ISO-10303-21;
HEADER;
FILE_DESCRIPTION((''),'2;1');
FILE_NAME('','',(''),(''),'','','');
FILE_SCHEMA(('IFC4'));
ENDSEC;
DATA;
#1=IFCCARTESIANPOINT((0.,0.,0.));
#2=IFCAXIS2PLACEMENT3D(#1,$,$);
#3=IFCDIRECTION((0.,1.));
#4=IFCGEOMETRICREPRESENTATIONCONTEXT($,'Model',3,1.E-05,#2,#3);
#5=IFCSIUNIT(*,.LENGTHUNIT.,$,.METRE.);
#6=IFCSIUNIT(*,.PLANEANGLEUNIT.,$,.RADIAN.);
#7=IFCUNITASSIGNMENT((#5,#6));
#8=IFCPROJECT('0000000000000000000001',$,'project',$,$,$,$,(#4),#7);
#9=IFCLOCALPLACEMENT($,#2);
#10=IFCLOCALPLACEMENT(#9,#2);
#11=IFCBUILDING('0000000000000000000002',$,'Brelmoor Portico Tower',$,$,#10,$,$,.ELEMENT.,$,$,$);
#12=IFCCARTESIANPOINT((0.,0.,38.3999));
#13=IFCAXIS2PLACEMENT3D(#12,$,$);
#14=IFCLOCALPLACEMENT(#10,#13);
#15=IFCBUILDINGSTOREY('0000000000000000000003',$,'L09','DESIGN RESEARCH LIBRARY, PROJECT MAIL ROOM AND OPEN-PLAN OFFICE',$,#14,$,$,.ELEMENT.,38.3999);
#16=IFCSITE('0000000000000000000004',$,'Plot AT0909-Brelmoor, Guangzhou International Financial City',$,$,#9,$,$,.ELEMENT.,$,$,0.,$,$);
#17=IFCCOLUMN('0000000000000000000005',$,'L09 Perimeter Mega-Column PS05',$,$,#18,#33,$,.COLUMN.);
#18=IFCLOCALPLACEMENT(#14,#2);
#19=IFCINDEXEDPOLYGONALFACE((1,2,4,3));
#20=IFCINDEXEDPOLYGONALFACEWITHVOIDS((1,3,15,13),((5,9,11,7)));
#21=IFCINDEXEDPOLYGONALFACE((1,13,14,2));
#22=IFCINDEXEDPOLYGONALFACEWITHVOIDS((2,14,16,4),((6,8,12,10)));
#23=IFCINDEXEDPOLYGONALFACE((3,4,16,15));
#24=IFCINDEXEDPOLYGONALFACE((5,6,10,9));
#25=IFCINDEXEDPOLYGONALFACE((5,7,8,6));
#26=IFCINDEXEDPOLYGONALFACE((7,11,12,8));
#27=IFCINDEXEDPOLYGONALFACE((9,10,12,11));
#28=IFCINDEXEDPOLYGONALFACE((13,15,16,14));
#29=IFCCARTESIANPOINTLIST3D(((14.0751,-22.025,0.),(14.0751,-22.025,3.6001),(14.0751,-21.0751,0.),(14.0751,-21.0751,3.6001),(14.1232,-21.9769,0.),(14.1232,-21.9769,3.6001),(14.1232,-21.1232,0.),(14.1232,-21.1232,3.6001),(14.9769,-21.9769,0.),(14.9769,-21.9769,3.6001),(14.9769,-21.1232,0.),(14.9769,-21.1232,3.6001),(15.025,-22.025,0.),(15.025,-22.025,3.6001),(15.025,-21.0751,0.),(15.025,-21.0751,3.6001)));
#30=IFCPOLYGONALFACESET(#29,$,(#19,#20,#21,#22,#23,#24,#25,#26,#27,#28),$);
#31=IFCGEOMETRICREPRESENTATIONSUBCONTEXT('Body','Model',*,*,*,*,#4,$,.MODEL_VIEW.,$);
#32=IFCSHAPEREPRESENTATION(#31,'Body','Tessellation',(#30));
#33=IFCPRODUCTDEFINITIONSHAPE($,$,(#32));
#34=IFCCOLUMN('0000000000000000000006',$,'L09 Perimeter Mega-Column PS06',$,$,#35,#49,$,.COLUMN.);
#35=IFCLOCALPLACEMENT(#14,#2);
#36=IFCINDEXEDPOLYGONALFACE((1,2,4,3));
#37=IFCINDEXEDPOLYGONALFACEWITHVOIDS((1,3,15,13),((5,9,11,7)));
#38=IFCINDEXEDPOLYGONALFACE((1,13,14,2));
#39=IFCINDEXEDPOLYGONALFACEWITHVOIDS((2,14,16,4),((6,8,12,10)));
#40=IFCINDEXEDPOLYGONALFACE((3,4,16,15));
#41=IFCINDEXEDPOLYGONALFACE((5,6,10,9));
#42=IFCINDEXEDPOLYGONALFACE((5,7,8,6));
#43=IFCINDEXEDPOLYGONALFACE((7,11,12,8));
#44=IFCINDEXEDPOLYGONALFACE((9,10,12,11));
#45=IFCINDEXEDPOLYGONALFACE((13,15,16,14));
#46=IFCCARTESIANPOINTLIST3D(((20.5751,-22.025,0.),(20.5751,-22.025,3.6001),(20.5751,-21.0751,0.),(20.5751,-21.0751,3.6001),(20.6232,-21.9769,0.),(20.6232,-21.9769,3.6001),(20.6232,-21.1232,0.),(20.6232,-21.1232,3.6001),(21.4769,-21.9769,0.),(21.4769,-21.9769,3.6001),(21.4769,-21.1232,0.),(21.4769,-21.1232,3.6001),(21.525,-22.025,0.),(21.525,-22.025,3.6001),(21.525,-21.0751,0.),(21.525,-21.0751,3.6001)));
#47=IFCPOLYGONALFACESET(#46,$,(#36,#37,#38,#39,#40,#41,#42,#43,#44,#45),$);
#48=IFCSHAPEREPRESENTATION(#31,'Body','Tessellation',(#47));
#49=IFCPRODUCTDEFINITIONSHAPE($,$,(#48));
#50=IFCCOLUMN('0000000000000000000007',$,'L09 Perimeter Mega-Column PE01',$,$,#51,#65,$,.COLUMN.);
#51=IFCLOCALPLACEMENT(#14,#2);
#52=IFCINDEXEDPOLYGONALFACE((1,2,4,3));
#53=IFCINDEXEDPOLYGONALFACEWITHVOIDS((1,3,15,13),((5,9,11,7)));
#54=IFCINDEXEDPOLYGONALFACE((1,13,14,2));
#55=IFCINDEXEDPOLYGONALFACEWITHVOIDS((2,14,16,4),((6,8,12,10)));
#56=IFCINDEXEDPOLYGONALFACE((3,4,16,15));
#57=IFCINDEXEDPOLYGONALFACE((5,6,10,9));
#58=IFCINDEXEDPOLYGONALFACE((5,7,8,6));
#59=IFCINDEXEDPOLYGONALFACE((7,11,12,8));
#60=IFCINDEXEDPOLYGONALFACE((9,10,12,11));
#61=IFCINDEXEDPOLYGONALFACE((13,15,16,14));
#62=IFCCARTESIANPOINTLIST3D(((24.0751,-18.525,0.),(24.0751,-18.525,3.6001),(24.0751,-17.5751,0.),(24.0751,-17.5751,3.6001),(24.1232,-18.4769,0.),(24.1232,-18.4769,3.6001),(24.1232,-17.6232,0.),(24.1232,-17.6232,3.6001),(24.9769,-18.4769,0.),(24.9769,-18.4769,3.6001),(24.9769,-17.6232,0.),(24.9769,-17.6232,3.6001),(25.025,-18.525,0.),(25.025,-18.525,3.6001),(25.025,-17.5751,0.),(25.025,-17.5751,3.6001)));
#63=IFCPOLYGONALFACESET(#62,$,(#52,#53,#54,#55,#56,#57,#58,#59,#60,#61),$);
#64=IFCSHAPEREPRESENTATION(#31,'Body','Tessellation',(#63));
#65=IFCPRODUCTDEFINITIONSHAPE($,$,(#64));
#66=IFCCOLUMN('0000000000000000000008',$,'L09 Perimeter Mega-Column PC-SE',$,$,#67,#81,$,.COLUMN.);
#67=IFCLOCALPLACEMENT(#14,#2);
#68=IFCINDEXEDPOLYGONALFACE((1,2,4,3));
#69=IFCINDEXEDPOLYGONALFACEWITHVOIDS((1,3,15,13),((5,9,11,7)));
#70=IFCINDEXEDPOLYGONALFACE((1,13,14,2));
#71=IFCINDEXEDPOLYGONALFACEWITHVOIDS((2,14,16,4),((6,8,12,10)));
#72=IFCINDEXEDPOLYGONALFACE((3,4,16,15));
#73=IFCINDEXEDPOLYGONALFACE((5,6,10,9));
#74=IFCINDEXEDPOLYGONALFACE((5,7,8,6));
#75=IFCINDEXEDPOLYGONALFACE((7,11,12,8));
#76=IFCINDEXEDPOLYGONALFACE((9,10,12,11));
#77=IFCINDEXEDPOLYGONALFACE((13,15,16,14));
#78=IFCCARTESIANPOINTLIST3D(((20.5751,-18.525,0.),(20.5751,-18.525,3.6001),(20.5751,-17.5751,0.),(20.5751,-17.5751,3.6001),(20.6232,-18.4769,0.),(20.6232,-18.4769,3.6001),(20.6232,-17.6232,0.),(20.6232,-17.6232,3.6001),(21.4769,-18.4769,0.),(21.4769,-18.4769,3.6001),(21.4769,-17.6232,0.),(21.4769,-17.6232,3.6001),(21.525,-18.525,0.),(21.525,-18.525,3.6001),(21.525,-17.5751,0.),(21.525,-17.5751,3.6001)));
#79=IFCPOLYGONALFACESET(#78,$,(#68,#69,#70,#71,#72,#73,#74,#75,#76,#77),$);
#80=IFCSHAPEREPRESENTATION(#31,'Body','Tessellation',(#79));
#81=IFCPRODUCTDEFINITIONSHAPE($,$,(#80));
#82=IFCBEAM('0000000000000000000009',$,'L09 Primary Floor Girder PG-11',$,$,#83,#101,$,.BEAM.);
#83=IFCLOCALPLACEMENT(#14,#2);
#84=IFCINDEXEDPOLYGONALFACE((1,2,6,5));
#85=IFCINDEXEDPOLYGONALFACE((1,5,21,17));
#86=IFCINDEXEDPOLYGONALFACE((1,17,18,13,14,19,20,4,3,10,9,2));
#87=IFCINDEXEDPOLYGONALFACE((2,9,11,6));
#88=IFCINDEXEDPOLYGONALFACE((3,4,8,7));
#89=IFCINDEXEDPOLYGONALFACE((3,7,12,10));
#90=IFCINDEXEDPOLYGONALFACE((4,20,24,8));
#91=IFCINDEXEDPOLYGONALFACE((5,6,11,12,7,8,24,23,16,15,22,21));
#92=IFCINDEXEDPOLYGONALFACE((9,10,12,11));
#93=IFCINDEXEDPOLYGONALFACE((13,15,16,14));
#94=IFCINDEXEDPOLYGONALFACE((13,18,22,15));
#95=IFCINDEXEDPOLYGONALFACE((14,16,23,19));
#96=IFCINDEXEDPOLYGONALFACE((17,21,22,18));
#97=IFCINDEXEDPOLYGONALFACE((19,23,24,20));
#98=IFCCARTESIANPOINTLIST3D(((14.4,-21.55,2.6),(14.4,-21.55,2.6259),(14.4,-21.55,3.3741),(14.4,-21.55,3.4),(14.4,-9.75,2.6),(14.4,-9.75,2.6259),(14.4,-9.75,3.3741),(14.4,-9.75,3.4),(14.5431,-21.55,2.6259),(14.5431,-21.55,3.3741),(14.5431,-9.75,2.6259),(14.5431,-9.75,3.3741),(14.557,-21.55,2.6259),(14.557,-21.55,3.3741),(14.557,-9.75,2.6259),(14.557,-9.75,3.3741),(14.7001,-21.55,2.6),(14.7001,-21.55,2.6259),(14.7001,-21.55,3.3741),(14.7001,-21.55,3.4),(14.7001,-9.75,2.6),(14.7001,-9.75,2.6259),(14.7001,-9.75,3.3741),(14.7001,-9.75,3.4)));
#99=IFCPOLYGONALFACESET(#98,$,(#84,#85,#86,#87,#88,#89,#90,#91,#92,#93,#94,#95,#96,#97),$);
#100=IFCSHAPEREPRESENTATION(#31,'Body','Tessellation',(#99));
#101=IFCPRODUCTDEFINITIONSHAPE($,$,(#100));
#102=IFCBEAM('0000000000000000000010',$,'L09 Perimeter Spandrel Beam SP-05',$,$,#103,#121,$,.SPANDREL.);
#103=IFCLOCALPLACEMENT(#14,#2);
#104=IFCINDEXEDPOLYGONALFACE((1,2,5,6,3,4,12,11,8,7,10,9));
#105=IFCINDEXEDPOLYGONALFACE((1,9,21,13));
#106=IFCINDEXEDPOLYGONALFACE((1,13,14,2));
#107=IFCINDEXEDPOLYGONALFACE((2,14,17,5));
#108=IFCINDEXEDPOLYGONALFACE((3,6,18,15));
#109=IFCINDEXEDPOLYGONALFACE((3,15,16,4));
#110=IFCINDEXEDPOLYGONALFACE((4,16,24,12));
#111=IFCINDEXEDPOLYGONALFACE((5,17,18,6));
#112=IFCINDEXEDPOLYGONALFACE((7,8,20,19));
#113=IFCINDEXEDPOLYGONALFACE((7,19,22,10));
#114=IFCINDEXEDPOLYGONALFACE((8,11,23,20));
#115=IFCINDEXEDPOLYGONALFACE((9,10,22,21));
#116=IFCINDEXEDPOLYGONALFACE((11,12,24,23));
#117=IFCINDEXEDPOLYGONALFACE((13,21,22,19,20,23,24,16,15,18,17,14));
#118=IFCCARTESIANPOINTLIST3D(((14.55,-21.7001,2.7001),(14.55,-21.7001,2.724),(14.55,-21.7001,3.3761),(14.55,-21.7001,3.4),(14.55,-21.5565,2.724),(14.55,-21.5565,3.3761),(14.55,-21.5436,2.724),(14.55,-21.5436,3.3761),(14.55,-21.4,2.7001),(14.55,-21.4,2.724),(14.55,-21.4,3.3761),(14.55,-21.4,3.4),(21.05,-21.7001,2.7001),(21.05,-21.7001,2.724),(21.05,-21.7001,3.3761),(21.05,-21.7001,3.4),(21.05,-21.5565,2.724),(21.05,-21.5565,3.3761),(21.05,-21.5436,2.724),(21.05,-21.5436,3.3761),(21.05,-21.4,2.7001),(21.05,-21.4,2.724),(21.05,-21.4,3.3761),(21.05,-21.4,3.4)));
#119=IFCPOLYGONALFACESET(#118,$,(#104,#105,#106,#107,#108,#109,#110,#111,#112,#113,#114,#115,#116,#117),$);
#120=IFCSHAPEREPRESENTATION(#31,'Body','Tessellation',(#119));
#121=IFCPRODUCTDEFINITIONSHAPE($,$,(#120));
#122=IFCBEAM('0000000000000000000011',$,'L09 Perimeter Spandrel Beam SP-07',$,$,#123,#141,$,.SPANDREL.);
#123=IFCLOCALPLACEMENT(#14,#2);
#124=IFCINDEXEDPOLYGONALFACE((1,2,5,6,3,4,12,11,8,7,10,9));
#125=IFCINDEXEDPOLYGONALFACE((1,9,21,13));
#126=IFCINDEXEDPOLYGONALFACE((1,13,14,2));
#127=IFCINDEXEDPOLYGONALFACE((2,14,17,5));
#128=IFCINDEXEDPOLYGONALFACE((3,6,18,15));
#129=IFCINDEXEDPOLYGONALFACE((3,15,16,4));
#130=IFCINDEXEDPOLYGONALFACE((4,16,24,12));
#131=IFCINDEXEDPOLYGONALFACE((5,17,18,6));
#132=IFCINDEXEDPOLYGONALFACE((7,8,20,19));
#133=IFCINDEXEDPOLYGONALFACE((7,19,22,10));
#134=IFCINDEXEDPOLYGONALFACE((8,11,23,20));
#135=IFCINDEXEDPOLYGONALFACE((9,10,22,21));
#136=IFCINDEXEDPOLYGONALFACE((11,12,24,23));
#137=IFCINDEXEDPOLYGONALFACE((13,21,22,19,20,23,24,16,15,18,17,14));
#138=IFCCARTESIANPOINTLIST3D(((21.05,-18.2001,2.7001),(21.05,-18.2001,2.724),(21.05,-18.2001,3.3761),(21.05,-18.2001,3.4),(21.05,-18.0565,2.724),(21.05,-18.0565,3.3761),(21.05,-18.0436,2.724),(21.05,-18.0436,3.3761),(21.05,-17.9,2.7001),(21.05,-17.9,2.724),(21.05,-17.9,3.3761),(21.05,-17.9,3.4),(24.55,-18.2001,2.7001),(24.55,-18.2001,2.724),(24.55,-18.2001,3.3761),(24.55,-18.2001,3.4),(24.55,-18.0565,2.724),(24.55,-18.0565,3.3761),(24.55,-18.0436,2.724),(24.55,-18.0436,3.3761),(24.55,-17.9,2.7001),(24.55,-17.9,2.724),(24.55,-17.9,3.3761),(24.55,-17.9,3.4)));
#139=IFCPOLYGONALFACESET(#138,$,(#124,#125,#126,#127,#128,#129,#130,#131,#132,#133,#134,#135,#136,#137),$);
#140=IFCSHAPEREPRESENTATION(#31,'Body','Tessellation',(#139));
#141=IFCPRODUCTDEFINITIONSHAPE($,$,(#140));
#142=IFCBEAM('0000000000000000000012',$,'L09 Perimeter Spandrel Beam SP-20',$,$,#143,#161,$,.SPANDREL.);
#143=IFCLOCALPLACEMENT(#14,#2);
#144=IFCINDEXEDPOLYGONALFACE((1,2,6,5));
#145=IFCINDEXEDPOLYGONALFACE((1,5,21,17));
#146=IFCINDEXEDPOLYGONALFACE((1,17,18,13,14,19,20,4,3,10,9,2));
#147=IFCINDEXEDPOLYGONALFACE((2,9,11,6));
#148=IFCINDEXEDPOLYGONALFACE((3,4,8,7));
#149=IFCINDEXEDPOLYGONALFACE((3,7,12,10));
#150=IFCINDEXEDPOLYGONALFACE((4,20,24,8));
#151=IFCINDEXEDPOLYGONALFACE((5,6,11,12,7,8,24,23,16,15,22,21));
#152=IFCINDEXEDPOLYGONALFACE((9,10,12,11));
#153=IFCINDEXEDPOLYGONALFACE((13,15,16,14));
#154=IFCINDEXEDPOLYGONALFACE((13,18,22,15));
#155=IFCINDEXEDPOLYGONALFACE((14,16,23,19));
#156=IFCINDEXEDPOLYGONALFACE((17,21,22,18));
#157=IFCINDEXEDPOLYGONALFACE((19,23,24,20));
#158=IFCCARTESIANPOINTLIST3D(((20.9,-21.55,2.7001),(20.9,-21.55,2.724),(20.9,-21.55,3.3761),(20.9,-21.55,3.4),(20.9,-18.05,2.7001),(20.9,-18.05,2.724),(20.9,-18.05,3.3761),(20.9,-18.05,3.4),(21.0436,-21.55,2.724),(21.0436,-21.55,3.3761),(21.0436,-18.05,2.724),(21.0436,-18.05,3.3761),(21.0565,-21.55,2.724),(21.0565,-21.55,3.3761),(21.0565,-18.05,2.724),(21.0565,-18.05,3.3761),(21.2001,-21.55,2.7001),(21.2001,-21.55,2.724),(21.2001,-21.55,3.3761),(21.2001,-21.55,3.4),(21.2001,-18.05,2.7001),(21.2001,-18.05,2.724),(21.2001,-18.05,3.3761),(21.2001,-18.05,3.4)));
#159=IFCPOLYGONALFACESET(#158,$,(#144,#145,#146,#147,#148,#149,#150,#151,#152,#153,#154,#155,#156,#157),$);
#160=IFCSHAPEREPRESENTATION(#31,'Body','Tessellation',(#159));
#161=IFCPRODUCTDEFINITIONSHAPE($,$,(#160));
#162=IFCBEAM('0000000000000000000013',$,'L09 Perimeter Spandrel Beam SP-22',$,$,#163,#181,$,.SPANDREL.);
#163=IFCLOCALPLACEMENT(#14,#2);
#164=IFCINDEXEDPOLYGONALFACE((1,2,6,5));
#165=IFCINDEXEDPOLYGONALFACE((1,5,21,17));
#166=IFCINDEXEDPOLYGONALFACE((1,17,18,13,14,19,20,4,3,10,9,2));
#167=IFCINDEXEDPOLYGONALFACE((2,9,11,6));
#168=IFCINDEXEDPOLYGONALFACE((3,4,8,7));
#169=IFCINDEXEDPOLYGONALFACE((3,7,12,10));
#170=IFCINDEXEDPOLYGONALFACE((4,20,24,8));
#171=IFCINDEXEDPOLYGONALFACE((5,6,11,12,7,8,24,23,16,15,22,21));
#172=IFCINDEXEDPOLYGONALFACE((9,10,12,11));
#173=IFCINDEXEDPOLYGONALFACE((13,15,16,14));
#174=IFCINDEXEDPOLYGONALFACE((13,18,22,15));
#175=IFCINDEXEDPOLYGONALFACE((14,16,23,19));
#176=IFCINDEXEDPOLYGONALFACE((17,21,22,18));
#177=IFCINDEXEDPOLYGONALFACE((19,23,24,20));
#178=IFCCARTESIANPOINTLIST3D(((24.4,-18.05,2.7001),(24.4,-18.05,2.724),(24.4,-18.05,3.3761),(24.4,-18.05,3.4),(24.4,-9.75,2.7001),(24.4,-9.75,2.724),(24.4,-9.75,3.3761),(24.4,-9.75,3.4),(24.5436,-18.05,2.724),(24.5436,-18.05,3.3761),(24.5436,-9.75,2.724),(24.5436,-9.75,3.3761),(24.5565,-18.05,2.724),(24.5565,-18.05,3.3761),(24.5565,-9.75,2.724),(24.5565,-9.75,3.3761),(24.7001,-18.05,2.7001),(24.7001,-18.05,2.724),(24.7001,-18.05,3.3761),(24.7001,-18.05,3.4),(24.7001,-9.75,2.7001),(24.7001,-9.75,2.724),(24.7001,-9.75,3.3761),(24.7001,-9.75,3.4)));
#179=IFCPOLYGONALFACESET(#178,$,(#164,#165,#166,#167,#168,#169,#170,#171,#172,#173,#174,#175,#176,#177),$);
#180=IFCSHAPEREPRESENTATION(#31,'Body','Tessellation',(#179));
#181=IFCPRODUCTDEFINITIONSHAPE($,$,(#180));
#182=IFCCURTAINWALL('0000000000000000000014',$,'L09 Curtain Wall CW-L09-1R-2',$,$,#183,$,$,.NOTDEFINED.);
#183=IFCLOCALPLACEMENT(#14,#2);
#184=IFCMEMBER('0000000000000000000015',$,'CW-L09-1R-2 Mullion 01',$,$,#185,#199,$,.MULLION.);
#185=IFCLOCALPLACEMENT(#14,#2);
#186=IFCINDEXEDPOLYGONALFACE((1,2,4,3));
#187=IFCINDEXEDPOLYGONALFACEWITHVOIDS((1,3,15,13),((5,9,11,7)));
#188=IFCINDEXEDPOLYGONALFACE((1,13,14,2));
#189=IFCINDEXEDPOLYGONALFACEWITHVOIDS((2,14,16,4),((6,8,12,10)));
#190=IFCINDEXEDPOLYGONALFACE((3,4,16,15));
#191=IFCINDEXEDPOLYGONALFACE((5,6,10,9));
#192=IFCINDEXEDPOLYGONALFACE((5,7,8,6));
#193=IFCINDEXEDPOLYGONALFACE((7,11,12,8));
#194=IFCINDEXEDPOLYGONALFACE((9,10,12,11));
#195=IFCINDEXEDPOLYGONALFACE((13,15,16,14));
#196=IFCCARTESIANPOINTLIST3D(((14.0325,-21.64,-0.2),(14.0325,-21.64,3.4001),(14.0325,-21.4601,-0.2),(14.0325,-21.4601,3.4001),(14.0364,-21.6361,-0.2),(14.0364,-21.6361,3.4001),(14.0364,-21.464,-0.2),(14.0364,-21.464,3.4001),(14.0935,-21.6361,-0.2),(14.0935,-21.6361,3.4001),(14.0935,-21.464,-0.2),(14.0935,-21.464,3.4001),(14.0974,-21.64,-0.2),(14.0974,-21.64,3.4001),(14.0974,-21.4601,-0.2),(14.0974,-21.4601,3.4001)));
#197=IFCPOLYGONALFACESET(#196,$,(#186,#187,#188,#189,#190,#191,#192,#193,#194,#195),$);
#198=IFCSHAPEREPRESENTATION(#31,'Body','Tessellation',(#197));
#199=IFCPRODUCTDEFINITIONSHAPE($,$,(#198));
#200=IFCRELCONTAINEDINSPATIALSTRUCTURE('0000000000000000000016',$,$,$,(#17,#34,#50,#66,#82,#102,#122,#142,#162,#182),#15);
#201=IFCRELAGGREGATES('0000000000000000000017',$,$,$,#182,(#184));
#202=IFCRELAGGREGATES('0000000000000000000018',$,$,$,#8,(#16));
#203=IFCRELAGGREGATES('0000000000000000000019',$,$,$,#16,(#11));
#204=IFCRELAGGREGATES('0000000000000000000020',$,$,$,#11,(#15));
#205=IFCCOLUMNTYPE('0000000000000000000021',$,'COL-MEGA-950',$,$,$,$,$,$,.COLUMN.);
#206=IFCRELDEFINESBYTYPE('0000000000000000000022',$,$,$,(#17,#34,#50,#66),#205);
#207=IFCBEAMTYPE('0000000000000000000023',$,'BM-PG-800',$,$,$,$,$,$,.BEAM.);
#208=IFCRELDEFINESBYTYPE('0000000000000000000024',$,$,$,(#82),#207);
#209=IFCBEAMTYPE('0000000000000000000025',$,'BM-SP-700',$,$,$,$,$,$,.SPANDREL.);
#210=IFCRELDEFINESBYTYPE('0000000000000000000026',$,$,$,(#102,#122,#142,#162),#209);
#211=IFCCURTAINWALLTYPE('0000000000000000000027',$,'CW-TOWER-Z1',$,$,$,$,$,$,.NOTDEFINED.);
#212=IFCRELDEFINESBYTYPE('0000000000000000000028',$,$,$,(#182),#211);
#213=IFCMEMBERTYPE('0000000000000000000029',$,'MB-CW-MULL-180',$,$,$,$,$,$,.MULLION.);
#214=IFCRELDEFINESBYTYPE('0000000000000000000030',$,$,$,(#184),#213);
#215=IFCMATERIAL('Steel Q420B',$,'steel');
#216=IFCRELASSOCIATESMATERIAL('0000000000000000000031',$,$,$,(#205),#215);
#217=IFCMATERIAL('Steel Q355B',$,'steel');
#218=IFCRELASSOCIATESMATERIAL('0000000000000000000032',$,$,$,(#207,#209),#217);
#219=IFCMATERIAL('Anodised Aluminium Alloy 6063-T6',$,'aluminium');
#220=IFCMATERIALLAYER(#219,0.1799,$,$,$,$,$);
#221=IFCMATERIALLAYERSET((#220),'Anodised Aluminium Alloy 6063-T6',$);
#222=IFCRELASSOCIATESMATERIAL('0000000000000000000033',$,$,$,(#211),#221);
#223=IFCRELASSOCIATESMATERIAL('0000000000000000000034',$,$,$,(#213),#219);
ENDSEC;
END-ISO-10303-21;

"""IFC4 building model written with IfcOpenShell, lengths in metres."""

from ifc_helpers import new_model, si_unit, direction, frame, origin, origin_2d, place, context, subcontext, project, spatial, hollow_rectangle, i_section, extrude, material, layer, layer_set, material_profile, profile_set, type_object, element, aggregate, save


model = new_model("IFC4")

# Units and contexts
model_context = context("Model", 3, precision=1e-05, world=origin(), true_north=direction((0.0, 1.0)))
body_context = subcontext(model_context, "Body", "Model", "MODEL_VIEW")
ifc_project = project(units=[si_unit("LENGTHUNIT", "METRE"), si_unit("PLANEANGLEUNIT", "RADIAN")], contexts=[model_context])

# Site, building, storey
site_placement = place(None, origin())
site = spatial("IfcSite", under=ifc_project, at=site_placement, Name="Plot AT0909-Brelmoor, Guangzhou International Financial City", CompositionType="ELEMENT", RefElevation=0.0)
building_placement = place(site_placement, origin())
building = spatial("IfcBuilding", under=site, at=building_placement, Name="Brelmoor Portico Tower", CompositionType="ELEMENT")
storey_placement = place(building_placement, frame((0.0, 0.0, 38.3999)))
storey = spatial("IfcBuildingStorey", under=building, at=storey_placement, Name="L09", Description="DESIGN RESEARCH LIBRARY, PROJECT MAIL ROOM AND OPEN-PLAN OFFICE", CompositionType="ELEMENT", Elevation=38.3999)

# Columns
ifc_material_1 = material(Name="Steel Q420B", Category="steel")
ifc_material_profile_1 = material_profile(ifc_material_1, hollow_rectangle(XDim=0.95, YDim=0.95, WallThickness=0.0481, at=origin_2d()), Name="BOX 950x950x48")
ifc_profile_set_1 = profile_set([ifc_material_profile_1], Name="Steel Q420B")
column_type = type_object("IfcColumnType", Name="COL-MEGA-950", PredefinedType="COLUMN", material=ifc_profile_set_1)
for number, where, z_axis, x_axis, name in (
    (1, (14.55, -21.55, 0.0), (0.0, 0.0, 1.0), (1.0, 0.0, 0.0), "L09 Perimeter Mega-Column PS05"),
    (2, (21.05, -21.55, 0.0), (0.0, 0.0, 1.0), (1.0, 0.0, 0.0), "L09 Perimeter Mega-Column PS06"),
    (3, (24.55, -18.05, 0.0), (0.0, 0.0, 1.0), (0.0, 1.0, 0.0), "L09 Perimeter Mega-Column PE01"),
    (4, (21.05, -18.05, 0.0), (0.0, 0.0, 1.0), (1.0, 0.0, 0.0), "L09 Perimeter Mega-Column PC-SE"),
):
    element("IfcColumn", number, at=place(storey_placement, frame(where, z_axis=z_axis, x_axis=x_axis)), inside=storey, type_object=column_type, Name=name, PredefinedType="COLUMN", context=body_context, shape_type="SweptSolid", body=[
        extrude(hollow_rectangle(XDim=0.95, YDim=0.95, WallThickness=0.0481, at=origin_2d()), origin(), (0.0, 0.0, 1.0), 3.6001),
    ])

# Beams
ifc_material_2 = material(Name="Steel Q355B", Category="steel")
ifc_material_profile_2 = material_profile(ifc_material_2, i_section(OverallWidth=0.3, OverallDepth=0.8, WebThickness=0.0139, FlangeThickness=0.0259, at=origin_2d()), Name="HN 800x300x14x26")
ifc_profile_set_2 = profile_set([ifc_material_profile_2], Name="Steel Q355B")
beam_type_1 = type_object("IfcBeamType", Name="BM-PG-800", PredefinedType="BEAM", material=ifc_profile_set_2)
beam_1_placement = place(storey_placement, frame((14.55, -21.55, 3.0), z_axis=(0.0, 1.0, 0.0), x_axis=(-1.0, 0.0, 0.0)))
element("IfcBeam", 5, at=beam_1_placement, inside=storey, type_object=beam_type_1, Name="L09 Primary Floor Girder PG-11", PredefinedType="BEAM", context=body_context, shape_type="SweptSolid", body=[
    extrude(i_section(OverallWidth=0.3, OverallDepth=0.8, WebThickness=0.0139, FlangeThickness=0.0259, at=origin_2d()), origin(), (0.0, 0.0, 1.0), 11.8),
])
ifc_material_profile_3 = material_profile(ifc_material_2, i_section(OverallWidth=0.3, OverallDepth=0.7, WebThickness=0.0129, FlangeThickness=0.0239, at=origin_2d()), Name="HN 700x300x13x24")
ifc_profile_set_3 = profile_set([ifc_material_profile_3], Name="Steel Q355B")
beam_type_2 = type_object("IfcBeamType", Name="BM-SP-700", PredefinedType="SPANDREL", material=ifc_profile_set_3)
beam_2_placement = place(storey_placement, frame((14.55, -21.55, 3.05), z_axis=(1.0, 0.0, 0.0), x_axis=(0.0, 1.0, 0.0)))
element("IfcBeam", 6, at=beam_2_placement, inside=storey, type_object=beam_type_2, Name="L09 Perimeter Spandrel Beam SP-05", PredefinedType="SPANDREL", context=body_context, shape_type="SweptSolid", body=[
    extrude(i_section(OverallWidth=0.3, OverallDepth=0.7, WebThickness=0.0129, FlangeThickness=0.0239, at=origin_2d()), origin(), (0.0, 0.0, 1.0), 6.5),
])
for number, where, z_axis, x_axis, name in (
    (7, (21.05, -18.05, 3.05), (1.0, 0.0, 0.0), (0.0, 1.0, 0.0), "L09 Perimeter Spandrel Beam SP-07"),
    (8, (21.05, -21.55, 3.05), (0.0, 1.0, 0.0), (-1.0, 0.0, 0.0), "L09 Perimeter Spandrel Beam SP-20"),
):
    element("IfcBeam", number, at=place(storey_placement, frame(where, z_axis=z_axis, x_axis=x_axis)), inside=storey, type_object=beam_type_2, Name=name, PredefinedType="SPANDREL", context=body_context, shape_type="SweptSolid", body=[
        extrude(i_section(OverallWidth=0.3, OverallDepth=0.7, WebThickness=0.0129, FlangeThickness=0.0239, at=origin_2d()), origin(), (0.0, 0.0, 1.0), 3.5),
    ])
beam_3_placement = place(storey_placement, frame((24.55, -18.05, 3.05), z_axis=(0.0, 1.0, 0.0), x_axis=(-1.0, 0.0, 0.0)))
element("IfcBeam", 9, at=beam_3_placement, inside=storey, type_object=beam_type_2, Name="L09 Perimeter Spandrel Beam SP-22", PredefinedType="SPANDREL", context=body_context, shape_type="SweptSolid", body=[
    extrude(i_section(OverallWidth=0.3, OverallDepth=0.7, WebThickness=0.0129, FlangeThickness=0.0239, at=origin_2d()), origin(), (0.0, 0.0, 1.0), 8.3),
])

# Curtain wall, member
ifc_material_3 = material(Name="Anodised Aluminium Alloy 6063-T6", Category="aluminium")
ifc_layer_1 = layer(ifc_material_3, 0.1799)
ifc_layer_set_1 = layer_set([ifc_layer_1], Name="Anodised Aluminium Alloy 6063-T6")
curtain_wall_type_1 = type_object("IfcCurtainWallType", Name="CW-TOWER-Z1", PredefinedType="NOTDEFINED", material=ifc_layer_set_1)
curtain_wall_1_placement = place(storey_placement, origin())
curtain_wall_1 = element("IfcCurtainWall", 10, at=curtain_wall_1_placement, inside=storey, type_object=curtain_wall_type_1, Name="L09 Curtain Wall CW-L09-1R-2", PredefinedType="NOTDEFINED")
ifc_material_profile_4 = material_profile(ifc_material_3, hollow_rectangle(XDim=0.0649, YDim=0.1799, WallThickness=0.0039, at=origin_2d()), Name="ALU MULLION 65x180")
ifc_profile_set_4 = profile_set([ifc_material_profile_4], Name="Anodised Aluminium Alloy 6063-T6")
member_type_1 = type_object("IfcMemberType", Name="MB-CW-MULL-180", PredefinedType="MULLION", material=ifc_profile_set_4)
member_1_placement = place(storey_placement, frame((14.0649, -21.55, -0.2), z_axis=(0.0, 0.0, 1.0), x_axis=(1.0, 0.0, 0.0)))
member_1 = element("IfcMember", 11, at=member_1_placement, type_object=member_type_1, Name="CW-L09-1R-2 Mullion 01", PredefinedType="MULLION", context=body_context, shape_type="SweptSolid", body=[
    extrude(hollow_rectangle(XDim=0.0649, YDim=0.1799, WallThickness=0.0039, at=origin_2d()), origin(), (0.0, 0.0, 1.0), 3.6001),
])
aggregate(curtain_wall_1, [member_1])

save(model, "model.ifc")
